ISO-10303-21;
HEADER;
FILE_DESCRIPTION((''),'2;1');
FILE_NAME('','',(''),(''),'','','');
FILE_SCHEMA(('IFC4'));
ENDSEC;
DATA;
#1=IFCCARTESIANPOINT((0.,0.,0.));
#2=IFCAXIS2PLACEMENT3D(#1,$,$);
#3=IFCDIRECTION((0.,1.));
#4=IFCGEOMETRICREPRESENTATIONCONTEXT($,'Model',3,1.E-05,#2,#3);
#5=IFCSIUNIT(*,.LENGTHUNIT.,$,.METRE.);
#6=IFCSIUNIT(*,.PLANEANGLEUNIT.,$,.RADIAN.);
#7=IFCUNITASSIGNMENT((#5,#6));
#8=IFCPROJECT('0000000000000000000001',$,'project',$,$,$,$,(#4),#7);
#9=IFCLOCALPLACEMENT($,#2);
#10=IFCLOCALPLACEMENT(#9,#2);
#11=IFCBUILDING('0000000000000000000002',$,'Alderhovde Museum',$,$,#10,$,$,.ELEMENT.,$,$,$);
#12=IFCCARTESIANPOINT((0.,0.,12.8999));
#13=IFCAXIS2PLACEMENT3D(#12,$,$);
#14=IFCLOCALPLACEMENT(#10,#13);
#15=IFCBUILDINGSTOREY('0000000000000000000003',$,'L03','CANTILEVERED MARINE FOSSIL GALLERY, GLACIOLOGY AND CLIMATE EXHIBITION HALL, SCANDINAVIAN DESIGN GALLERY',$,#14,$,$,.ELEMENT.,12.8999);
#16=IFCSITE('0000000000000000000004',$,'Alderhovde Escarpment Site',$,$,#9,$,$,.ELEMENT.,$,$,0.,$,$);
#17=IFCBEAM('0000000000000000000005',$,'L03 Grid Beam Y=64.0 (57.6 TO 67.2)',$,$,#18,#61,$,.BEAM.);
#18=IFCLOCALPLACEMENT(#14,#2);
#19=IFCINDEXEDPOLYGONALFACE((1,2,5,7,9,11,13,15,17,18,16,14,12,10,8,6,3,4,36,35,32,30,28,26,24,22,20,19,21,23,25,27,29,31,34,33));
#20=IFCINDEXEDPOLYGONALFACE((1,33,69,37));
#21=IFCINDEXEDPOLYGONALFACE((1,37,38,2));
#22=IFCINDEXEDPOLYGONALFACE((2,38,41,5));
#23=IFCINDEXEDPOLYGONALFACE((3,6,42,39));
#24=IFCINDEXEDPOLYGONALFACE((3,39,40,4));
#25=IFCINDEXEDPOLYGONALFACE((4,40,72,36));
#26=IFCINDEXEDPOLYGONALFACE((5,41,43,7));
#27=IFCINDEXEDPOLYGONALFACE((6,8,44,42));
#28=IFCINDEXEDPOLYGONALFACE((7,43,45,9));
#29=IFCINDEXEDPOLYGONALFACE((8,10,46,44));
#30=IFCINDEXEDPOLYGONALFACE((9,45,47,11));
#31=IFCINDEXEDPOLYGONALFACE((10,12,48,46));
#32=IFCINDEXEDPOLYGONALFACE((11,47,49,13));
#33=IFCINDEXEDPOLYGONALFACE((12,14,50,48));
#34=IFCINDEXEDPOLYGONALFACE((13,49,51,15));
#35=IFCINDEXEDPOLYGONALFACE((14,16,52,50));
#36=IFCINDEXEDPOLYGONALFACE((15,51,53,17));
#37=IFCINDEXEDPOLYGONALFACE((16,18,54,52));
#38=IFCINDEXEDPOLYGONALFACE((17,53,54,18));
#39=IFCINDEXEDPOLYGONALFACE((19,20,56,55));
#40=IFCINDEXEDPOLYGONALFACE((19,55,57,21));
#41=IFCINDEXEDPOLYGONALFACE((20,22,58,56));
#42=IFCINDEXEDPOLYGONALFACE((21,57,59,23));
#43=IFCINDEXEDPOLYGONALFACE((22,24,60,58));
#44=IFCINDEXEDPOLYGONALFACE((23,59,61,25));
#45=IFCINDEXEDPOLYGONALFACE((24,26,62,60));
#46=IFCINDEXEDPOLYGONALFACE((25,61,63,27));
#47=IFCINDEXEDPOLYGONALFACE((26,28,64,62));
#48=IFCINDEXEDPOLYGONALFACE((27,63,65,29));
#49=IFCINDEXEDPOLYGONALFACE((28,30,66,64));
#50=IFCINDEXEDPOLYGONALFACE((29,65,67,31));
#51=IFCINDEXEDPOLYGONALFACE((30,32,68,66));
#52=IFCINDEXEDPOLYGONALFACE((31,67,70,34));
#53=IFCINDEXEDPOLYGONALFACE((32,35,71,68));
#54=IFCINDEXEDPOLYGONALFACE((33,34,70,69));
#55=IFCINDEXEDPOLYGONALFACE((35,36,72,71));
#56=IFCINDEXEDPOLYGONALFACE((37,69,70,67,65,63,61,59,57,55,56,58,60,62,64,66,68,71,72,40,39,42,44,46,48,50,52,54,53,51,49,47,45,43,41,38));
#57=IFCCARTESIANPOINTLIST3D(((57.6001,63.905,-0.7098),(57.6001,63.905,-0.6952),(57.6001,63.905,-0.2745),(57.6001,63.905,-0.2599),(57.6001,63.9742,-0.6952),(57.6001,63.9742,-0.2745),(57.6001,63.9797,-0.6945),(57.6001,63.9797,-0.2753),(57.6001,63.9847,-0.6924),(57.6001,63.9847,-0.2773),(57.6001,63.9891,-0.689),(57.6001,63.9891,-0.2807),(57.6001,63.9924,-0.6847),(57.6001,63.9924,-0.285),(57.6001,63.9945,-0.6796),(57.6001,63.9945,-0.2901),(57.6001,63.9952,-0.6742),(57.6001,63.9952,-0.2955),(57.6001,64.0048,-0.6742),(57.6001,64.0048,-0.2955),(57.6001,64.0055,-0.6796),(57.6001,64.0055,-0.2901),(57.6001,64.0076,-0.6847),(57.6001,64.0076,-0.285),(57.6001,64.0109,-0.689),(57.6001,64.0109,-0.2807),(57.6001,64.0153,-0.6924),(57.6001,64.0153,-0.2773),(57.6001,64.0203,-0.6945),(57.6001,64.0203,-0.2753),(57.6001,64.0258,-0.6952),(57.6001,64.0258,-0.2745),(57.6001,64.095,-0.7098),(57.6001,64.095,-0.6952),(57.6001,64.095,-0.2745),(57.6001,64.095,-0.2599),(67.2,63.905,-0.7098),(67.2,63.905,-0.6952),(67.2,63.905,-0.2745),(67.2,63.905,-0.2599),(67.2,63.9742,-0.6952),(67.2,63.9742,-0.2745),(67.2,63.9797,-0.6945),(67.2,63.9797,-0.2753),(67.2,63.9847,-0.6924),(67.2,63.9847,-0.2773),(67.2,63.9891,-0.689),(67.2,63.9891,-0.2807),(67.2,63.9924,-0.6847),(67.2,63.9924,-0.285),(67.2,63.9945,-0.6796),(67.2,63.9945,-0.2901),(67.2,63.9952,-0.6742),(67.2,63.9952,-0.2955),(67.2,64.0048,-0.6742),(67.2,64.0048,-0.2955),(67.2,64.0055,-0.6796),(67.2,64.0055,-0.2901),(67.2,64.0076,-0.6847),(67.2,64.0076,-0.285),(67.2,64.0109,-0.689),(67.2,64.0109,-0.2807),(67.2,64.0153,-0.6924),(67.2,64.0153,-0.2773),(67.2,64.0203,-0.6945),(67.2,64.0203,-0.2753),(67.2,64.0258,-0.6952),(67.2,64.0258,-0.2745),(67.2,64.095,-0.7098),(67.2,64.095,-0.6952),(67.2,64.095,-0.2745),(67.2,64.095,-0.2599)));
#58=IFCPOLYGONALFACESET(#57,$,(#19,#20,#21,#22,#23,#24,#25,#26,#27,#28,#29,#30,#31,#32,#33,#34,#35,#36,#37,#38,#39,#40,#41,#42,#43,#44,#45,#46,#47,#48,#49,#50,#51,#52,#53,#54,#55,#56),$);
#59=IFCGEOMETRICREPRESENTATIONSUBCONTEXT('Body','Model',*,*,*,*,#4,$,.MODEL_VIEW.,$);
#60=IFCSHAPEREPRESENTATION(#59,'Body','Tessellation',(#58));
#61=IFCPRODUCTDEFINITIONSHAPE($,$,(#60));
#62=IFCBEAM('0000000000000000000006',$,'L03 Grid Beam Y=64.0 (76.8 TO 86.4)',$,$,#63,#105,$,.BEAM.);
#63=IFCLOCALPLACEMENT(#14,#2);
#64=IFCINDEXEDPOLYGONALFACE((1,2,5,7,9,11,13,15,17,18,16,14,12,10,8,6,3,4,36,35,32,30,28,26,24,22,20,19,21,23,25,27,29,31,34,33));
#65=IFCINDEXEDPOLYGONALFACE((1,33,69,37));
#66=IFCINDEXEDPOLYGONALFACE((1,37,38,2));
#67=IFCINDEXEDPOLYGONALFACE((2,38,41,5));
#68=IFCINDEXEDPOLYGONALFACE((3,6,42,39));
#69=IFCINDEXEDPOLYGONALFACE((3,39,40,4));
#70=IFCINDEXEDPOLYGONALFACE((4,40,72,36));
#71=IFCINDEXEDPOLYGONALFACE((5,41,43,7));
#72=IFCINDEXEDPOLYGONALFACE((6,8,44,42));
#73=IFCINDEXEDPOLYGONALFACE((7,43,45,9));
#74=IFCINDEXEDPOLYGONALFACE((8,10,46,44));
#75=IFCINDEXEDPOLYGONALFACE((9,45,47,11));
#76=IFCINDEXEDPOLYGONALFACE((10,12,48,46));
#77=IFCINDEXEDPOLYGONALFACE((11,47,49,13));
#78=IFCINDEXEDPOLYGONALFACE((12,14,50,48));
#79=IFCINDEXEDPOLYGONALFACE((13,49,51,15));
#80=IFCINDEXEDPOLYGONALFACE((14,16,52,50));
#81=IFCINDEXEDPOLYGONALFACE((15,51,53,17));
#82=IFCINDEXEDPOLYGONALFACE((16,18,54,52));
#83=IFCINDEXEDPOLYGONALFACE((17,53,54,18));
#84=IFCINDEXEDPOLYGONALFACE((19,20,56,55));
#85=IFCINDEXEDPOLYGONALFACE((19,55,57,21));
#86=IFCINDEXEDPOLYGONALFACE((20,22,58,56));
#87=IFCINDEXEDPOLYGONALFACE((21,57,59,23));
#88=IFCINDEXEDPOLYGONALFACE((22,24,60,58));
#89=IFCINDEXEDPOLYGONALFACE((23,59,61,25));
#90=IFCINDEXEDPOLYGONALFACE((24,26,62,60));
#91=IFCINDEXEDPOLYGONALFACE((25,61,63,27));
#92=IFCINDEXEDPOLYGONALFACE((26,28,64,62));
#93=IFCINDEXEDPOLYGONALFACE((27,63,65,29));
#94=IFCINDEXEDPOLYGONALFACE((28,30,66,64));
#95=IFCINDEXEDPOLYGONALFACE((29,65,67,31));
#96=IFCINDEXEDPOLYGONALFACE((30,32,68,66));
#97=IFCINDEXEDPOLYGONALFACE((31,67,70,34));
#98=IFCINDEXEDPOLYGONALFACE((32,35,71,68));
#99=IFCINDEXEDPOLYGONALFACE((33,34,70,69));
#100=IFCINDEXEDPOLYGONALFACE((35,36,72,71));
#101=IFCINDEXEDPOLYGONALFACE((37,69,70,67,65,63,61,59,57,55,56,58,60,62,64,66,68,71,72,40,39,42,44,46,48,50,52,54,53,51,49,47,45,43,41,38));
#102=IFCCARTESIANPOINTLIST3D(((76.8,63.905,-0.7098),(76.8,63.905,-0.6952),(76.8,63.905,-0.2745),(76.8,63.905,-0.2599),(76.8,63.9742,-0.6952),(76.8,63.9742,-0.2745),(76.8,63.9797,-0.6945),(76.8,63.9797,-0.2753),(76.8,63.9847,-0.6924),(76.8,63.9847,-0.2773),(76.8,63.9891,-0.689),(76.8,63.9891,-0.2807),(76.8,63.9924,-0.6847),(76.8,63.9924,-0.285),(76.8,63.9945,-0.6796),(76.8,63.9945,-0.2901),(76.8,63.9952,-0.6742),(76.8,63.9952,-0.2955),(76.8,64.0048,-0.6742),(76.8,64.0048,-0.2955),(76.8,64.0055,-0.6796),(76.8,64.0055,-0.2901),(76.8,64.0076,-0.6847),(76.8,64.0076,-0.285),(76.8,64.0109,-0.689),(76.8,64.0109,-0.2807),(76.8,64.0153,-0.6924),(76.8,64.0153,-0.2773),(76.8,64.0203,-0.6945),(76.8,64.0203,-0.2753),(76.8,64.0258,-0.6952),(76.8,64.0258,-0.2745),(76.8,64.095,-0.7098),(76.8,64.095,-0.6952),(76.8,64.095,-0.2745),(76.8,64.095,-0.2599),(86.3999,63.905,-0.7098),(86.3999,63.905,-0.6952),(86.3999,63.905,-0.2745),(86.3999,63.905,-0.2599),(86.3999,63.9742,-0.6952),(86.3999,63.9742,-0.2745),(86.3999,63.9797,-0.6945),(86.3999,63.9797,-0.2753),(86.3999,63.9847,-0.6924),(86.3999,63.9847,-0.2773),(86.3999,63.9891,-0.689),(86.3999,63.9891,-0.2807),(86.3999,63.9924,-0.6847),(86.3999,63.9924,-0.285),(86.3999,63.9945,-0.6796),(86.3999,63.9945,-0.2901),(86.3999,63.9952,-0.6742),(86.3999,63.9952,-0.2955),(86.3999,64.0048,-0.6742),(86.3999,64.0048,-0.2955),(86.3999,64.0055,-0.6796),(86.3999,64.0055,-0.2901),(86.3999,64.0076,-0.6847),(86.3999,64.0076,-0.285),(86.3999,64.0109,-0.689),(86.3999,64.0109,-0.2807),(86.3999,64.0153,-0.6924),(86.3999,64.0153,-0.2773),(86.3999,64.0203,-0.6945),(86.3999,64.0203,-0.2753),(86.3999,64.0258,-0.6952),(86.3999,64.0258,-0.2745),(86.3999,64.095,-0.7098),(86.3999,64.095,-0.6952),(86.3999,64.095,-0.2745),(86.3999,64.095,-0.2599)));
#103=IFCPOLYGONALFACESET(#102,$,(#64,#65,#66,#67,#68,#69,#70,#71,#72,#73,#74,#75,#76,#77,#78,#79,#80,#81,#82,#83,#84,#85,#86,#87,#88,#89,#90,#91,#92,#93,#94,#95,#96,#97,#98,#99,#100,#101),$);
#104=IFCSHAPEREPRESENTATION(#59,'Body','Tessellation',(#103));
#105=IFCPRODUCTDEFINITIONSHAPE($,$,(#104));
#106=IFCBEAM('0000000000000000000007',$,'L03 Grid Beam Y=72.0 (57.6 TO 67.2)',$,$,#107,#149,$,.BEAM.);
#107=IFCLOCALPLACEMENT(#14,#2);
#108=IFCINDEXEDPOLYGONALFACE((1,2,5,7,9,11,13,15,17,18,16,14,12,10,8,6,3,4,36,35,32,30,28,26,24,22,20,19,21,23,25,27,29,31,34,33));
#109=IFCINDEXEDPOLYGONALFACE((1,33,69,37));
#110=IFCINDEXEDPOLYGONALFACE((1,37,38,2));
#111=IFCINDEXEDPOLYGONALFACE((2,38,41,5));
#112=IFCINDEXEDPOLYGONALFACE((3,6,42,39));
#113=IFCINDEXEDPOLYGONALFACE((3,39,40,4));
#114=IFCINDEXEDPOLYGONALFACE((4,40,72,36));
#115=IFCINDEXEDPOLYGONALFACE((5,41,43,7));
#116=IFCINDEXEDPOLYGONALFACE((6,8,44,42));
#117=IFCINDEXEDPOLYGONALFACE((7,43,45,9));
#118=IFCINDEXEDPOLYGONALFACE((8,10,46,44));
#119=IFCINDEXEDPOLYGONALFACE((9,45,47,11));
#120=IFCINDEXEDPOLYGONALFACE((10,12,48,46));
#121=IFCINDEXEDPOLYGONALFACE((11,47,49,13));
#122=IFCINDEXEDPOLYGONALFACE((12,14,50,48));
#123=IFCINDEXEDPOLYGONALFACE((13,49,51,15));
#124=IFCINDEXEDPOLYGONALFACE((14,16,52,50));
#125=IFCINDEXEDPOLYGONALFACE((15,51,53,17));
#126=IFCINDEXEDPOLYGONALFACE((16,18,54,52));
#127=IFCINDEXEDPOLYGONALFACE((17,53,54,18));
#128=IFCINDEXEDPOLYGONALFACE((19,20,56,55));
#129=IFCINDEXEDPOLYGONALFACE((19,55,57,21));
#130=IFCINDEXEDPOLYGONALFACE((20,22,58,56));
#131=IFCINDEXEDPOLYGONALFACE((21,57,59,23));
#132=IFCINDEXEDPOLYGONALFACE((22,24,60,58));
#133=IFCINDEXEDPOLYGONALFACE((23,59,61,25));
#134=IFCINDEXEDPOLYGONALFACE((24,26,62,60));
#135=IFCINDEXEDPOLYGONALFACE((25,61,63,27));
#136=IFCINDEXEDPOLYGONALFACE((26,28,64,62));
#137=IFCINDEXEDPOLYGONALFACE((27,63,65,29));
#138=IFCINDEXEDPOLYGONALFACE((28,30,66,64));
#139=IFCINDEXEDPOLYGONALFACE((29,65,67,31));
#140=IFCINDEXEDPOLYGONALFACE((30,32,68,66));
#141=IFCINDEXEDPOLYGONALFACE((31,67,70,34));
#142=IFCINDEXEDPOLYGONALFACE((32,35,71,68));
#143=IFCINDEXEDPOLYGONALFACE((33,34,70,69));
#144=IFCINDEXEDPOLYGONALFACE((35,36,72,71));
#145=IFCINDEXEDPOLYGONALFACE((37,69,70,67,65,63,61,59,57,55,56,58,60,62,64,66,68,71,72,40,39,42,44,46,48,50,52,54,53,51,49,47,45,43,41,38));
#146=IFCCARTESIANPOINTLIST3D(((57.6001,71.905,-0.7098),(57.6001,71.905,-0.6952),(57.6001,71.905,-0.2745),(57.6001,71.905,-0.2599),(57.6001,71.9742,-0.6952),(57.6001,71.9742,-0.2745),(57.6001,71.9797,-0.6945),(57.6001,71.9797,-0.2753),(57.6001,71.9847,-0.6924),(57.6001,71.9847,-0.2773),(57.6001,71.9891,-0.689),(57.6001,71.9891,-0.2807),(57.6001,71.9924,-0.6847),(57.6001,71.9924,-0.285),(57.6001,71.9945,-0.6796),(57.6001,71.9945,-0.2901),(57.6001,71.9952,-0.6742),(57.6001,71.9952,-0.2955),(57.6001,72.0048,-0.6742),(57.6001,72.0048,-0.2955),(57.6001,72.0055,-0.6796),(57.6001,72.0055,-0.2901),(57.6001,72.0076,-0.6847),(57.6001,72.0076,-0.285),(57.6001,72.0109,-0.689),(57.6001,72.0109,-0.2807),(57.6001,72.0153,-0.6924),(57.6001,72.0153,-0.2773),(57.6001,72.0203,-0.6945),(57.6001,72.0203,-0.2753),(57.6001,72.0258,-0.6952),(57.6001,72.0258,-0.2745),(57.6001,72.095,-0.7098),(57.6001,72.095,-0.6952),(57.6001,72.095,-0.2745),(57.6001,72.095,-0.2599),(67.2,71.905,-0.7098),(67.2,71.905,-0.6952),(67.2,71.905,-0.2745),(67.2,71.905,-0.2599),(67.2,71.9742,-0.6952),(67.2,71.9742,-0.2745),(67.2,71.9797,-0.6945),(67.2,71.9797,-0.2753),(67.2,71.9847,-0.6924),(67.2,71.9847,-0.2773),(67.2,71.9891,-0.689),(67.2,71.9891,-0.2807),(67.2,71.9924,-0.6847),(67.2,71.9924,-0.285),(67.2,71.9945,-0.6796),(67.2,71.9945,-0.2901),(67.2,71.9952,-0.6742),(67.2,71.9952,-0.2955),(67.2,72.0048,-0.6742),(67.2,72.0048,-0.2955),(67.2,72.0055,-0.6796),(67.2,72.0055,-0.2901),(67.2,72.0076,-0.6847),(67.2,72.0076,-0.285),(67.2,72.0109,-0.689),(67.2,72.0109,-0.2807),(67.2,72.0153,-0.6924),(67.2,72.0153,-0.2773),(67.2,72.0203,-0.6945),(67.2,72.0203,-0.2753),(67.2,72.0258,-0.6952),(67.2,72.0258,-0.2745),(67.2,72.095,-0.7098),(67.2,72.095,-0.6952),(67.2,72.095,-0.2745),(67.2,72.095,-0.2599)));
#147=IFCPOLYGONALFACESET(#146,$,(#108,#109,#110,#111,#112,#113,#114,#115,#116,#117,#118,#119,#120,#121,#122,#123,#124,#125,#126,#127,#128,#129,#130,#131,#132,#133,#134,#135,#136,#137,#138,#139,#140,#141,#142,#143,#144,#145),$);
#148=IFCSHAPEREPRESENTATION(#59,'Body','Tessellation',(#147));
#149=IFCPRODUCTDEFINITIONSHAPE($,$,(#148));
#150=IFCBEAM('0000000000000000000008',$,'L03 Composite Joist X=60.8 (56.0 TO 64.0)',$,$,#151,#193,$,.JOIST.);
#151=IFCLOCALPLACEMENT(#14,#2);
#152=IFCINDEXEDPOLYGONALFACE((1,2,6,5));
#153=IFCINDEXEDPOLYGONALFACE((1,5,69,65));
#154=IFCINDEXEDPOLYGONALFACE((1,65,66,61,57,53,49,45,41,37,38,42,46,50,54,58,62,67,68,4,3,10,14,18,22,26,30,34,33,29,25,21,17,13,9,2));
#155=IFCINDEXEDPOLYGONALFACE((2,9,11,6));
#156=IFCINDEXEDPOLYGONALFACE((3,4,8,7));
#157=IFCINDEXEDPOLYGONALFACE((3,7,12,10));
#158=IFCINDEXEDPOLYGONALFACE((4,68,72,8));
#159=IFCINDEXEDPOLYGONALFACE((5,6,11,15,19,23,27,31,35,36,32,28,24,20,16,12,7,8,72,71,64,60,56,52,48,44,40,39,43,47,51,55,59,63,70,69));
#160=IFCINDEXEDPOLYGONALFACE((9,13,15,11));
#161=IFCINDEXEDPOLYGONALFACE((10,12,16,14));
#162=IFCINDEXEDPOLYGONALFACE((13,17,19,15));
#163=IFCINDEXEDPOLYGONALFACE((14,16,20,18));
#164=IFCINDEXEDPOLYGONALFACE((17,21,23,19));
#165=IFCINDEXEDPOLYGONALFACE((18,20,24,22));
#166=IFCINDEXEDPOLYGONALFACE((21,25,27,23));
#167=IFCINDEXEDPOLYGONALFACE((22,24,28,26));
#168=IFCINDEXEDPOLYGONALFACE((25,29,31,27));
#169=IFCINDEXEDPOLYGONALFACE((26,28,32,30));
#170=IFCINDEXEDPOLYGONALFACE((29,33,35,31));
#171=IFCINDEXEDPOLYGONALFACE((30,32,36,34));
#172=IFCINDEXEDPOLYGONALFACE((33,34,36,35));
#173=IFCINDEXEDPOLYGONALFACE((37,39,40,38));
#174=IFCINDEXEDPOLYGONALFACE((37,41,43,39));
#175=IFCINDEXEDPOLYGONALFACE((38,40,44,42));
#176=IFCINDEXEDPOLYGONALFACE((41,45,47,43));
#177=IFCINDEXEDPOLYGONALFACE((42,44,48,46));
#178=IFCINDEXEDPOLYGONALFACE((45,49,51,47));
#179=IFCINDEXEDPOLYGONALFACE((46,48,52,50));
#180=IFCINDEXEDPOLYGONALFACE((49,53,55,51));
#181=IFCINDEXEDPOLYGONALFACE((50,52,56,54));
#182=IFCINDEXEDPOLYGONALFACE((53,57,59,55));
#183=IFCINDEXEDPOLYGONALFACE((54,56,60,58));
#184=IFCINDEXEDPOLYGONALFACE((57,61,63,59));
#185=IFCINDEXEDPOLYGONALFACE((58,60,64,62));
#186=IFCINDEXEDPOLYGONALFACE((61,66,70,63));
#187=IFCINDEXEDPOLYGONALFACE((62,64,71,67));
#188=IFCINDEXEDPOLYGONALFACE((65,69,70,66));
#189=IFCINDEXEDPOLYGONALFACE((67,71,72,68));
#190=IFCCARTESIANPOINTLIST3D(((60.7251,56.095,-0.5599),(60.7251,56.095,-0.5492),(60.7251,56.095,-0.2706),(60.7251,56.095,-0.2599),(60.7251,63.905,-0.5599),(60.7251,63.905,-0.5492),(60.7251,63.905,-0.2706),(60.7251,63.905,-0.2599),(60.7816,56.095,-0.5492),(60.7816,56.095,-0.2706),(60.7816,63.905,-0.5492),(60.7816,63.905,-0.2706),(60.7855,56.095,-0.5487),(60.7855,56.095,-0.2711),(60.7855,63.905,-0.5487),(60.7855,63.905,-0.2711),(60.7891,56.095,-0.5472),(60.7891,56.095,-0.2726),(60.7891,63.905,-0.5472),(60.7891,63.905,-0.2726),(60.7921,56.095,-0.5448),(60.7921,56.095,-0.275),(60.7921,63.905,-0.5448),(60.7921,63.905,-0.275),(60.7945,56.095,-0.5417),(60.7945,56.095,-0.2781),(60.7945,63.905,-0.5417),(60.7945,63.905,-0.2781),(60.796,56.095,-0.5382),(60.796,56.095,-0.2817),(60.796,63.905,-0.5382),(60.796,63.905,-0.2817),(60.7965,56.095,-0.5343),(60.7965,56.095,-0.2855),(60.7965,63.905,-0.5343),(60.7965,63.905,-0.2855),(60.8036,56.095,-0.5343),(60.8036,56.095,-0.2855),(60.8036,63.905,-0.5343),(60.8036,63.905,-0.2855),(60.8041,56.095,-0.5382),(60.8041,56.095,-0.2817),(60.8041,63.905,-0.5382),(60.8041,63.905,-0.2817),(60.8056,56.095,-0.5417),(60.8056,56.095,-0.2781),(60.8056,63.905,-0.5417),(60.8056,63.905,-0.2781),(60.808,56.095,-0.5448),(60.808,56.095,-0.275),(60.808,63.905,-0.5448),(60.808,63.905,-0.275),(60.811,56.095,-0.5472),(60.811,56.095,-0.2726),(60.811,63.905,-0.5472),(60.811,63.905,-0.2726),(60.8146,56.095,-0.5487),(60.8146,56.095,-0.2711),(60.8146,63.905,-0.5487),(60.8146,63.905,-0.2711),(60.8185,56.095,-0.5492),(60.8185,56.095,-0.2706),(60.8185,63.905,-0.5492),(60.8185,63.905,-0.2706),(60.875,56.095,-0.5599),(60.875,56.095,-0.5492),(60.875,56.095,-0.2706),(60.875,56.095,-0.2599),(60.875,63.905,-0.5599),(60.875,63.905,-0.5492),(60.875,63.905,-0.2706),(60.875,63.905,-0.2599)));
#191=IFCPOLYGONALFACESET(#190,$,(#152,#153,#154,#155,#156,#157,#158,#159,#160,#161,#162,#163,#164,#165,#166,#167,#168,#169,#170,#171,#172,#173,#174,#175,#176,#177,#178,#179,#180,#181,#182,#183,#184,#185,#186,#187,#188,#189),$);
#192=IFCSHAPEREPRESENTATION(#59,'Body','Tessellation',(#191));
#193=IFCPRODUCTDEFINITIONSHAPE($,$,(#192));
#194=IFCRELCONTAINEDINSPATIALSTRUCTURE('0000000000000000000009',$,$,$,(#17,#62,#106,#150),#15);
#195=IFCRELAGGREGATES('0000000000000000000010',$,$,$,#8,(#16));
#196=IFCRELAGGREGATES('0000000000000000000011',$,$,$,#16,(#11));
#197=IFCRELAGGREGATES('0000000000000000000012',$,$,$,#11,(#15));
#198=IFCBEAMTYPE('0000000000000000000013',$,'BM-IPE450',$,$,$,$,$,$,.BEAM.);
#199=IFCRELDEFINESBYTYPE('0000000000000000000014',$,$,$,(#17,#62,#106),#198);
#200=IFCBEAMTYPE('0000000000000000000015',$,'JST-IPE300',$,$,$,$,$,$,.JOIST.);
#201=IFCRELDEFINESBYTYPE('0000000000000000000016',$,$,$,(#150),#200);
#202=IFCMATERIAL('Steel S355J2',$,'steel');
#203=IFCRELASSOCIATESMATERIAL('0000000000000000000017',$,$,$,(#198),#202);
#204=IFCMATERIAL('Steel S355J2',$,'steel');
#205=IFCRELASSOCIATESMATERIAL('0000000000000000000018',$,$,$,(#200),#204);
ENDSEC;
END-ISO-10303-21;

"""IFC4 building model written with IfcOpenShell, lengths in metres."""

from ifc_helpers import new_model, si_unit, direction, frame, origin, origin_2d, place, context, subcontext, project, spatial, i_section, extrude, material, material_profile, profile_set, type_object, element, save


model = new_model("IFC4")

# Units and contexts
model_context = context("Model", 3, precision=1e-05, world=origin(), true_north=direction((0.0, 1.0)))
body_context = subcontext(model_context, "Body", "Model", "MODEL_VIEW")
ifc_project = project(units=[si_unit("LENGTHUNIT", "METRE"), si_unit("PLANEANGLEUNIT", "RADIAN")], contexts=[model_context])

# Site, building, storey
site_placement = place(None, origin())
site = spatial("IfcSite", under=ifc_project, at=site_placement, Name="Alderhovde Escarpment Site", CompositionType="ELEMENT", RefElevation=0.0)
building_placement = place(site_placement, origin())
building = spatial("IfcBuilding", under=site, at=building_placement, Name="Alderhovde Museum", CompositionType="ELEMENT")
storey_placement = place(building_placement, frame((0.0, 0.0, 12.8999)))
storey = spatial("IfcBuildingStorey", under=building, at=storey_placement, Name="L03", Description="CANTILEVERED MARINE FOSSIL GALLERY, GLACIOLOGY AND CLIMATE EXHIBITION HALL, SCANDINAVIAN DESIGN GALLERY", CompositionType="ELEMENT", Elevation=12.8999)

# Beams
ifc_material_1 = material(Name="Steel S355J2", Category="steel")
ifc_material_profile_1 = material_profile(ifc_material_1, i_section(OverallWidth=0.1899, OverallDepth=0.45, WebThickness=0.0095, FlangeThickness=0.0146, FilletRadius=0.021, at=origin_2d()), Name="IPE 450")
ifc_profile_set_1 = profile_set([ifc_material_profile_1], Name="Steel S355J2")
beam_type_1 = type_object("IfcBeamType", Name="BM-IPE450", PredefinedType="BEAM", material=ifc_profile_set_1)
for number, where, z_axis, x_axis, name in (
    (1, (57.6001, 64.0, -0.4849), (1.0, 0.0, 0.0), (0.0, 1.0, 0.0), "L03 Grid Beam Y=64.0 (57.6 TO 67.2)"),
    (2, (76.8, 64.0, -0.4849), (1.0, 0.0, 0.0), (0.0, 1.0, 0.0), "L03 Grid Beam Y=64.0 (76.8 TO 86.4)"),
    (3, (57.6001, 72.0, -0.4849), (1.0, 0.0, 0.0), (0.0, 1.0, 0.0), "L03 Grid Beam Y=72.0 (57.6 TO 67.2)"),
):
    element("IfcBeam", number, at=place(storey_placement, frame(where, z_axis=z_axis, x_axis=x_axis)), inside=storey, type_object=beam_type_1, Name=name, PredefinedType="BEAM", context=body_context, shape_type="SweptSolid", body=[
        extrude(i_section(OverallWidth=0.1899, OverallDepth=0.45, WebThickness=0.0095, FlangeThickness=0.0146, FilletRadius=0.021, at=origin_2d()), origin(), (0.0, 0.0, 1.0), 9.5999),
    ])
ifc_material_2 = material(Name="Steel S355J2", Category="steel")
ifc_material_profile_2 = material_profile(ifc_material_2, i_section(OverallWidth=0.1499, OverallDepth=0.3, WebThickness=0.0071, FlangeThickness=0.0107, FilletRadius=0.0149, at=origin_2d()), Name="IPE 300")
ifc_profile_set_2 = profile_set([ifc_material_profile_2], Name="Steel S355J2")
beam_type_2 = type_object("IfcBeamType", Name="JST-IPE300", PredefinedType="JOIST", material=ifc_profile_set_2)
for number, where, z_axis, x_axis, name in (
    (4, (60.8, 56.095, -0.4099), (0.0, 1.0, 0.0), (-1.0, 0.0, 0.0), "L03 Composite Joist X=60.8 (56.0 TO 64.0)"),
):
    element("IfcBeam", number, at=place(storey_placement, frame(where, z_axis=z_axis, x_axis=x_axis)), inside=storey, type_object=beam_type_2, Name=name, PredefinedType="JOIST", context=body_context, shape_type="SweptSolid", body=[
        extrude(i_section(OverallWidth=0.1499, OverallDepth=0.3, WebThickness=0.0071, FlangeThickness=0.0107, FilletRadius=0.0149, at=origin_2d()), origin(), (0.0, 0.0, 1.0), 7.8101),
    ])

save(model, "model.ifc")
